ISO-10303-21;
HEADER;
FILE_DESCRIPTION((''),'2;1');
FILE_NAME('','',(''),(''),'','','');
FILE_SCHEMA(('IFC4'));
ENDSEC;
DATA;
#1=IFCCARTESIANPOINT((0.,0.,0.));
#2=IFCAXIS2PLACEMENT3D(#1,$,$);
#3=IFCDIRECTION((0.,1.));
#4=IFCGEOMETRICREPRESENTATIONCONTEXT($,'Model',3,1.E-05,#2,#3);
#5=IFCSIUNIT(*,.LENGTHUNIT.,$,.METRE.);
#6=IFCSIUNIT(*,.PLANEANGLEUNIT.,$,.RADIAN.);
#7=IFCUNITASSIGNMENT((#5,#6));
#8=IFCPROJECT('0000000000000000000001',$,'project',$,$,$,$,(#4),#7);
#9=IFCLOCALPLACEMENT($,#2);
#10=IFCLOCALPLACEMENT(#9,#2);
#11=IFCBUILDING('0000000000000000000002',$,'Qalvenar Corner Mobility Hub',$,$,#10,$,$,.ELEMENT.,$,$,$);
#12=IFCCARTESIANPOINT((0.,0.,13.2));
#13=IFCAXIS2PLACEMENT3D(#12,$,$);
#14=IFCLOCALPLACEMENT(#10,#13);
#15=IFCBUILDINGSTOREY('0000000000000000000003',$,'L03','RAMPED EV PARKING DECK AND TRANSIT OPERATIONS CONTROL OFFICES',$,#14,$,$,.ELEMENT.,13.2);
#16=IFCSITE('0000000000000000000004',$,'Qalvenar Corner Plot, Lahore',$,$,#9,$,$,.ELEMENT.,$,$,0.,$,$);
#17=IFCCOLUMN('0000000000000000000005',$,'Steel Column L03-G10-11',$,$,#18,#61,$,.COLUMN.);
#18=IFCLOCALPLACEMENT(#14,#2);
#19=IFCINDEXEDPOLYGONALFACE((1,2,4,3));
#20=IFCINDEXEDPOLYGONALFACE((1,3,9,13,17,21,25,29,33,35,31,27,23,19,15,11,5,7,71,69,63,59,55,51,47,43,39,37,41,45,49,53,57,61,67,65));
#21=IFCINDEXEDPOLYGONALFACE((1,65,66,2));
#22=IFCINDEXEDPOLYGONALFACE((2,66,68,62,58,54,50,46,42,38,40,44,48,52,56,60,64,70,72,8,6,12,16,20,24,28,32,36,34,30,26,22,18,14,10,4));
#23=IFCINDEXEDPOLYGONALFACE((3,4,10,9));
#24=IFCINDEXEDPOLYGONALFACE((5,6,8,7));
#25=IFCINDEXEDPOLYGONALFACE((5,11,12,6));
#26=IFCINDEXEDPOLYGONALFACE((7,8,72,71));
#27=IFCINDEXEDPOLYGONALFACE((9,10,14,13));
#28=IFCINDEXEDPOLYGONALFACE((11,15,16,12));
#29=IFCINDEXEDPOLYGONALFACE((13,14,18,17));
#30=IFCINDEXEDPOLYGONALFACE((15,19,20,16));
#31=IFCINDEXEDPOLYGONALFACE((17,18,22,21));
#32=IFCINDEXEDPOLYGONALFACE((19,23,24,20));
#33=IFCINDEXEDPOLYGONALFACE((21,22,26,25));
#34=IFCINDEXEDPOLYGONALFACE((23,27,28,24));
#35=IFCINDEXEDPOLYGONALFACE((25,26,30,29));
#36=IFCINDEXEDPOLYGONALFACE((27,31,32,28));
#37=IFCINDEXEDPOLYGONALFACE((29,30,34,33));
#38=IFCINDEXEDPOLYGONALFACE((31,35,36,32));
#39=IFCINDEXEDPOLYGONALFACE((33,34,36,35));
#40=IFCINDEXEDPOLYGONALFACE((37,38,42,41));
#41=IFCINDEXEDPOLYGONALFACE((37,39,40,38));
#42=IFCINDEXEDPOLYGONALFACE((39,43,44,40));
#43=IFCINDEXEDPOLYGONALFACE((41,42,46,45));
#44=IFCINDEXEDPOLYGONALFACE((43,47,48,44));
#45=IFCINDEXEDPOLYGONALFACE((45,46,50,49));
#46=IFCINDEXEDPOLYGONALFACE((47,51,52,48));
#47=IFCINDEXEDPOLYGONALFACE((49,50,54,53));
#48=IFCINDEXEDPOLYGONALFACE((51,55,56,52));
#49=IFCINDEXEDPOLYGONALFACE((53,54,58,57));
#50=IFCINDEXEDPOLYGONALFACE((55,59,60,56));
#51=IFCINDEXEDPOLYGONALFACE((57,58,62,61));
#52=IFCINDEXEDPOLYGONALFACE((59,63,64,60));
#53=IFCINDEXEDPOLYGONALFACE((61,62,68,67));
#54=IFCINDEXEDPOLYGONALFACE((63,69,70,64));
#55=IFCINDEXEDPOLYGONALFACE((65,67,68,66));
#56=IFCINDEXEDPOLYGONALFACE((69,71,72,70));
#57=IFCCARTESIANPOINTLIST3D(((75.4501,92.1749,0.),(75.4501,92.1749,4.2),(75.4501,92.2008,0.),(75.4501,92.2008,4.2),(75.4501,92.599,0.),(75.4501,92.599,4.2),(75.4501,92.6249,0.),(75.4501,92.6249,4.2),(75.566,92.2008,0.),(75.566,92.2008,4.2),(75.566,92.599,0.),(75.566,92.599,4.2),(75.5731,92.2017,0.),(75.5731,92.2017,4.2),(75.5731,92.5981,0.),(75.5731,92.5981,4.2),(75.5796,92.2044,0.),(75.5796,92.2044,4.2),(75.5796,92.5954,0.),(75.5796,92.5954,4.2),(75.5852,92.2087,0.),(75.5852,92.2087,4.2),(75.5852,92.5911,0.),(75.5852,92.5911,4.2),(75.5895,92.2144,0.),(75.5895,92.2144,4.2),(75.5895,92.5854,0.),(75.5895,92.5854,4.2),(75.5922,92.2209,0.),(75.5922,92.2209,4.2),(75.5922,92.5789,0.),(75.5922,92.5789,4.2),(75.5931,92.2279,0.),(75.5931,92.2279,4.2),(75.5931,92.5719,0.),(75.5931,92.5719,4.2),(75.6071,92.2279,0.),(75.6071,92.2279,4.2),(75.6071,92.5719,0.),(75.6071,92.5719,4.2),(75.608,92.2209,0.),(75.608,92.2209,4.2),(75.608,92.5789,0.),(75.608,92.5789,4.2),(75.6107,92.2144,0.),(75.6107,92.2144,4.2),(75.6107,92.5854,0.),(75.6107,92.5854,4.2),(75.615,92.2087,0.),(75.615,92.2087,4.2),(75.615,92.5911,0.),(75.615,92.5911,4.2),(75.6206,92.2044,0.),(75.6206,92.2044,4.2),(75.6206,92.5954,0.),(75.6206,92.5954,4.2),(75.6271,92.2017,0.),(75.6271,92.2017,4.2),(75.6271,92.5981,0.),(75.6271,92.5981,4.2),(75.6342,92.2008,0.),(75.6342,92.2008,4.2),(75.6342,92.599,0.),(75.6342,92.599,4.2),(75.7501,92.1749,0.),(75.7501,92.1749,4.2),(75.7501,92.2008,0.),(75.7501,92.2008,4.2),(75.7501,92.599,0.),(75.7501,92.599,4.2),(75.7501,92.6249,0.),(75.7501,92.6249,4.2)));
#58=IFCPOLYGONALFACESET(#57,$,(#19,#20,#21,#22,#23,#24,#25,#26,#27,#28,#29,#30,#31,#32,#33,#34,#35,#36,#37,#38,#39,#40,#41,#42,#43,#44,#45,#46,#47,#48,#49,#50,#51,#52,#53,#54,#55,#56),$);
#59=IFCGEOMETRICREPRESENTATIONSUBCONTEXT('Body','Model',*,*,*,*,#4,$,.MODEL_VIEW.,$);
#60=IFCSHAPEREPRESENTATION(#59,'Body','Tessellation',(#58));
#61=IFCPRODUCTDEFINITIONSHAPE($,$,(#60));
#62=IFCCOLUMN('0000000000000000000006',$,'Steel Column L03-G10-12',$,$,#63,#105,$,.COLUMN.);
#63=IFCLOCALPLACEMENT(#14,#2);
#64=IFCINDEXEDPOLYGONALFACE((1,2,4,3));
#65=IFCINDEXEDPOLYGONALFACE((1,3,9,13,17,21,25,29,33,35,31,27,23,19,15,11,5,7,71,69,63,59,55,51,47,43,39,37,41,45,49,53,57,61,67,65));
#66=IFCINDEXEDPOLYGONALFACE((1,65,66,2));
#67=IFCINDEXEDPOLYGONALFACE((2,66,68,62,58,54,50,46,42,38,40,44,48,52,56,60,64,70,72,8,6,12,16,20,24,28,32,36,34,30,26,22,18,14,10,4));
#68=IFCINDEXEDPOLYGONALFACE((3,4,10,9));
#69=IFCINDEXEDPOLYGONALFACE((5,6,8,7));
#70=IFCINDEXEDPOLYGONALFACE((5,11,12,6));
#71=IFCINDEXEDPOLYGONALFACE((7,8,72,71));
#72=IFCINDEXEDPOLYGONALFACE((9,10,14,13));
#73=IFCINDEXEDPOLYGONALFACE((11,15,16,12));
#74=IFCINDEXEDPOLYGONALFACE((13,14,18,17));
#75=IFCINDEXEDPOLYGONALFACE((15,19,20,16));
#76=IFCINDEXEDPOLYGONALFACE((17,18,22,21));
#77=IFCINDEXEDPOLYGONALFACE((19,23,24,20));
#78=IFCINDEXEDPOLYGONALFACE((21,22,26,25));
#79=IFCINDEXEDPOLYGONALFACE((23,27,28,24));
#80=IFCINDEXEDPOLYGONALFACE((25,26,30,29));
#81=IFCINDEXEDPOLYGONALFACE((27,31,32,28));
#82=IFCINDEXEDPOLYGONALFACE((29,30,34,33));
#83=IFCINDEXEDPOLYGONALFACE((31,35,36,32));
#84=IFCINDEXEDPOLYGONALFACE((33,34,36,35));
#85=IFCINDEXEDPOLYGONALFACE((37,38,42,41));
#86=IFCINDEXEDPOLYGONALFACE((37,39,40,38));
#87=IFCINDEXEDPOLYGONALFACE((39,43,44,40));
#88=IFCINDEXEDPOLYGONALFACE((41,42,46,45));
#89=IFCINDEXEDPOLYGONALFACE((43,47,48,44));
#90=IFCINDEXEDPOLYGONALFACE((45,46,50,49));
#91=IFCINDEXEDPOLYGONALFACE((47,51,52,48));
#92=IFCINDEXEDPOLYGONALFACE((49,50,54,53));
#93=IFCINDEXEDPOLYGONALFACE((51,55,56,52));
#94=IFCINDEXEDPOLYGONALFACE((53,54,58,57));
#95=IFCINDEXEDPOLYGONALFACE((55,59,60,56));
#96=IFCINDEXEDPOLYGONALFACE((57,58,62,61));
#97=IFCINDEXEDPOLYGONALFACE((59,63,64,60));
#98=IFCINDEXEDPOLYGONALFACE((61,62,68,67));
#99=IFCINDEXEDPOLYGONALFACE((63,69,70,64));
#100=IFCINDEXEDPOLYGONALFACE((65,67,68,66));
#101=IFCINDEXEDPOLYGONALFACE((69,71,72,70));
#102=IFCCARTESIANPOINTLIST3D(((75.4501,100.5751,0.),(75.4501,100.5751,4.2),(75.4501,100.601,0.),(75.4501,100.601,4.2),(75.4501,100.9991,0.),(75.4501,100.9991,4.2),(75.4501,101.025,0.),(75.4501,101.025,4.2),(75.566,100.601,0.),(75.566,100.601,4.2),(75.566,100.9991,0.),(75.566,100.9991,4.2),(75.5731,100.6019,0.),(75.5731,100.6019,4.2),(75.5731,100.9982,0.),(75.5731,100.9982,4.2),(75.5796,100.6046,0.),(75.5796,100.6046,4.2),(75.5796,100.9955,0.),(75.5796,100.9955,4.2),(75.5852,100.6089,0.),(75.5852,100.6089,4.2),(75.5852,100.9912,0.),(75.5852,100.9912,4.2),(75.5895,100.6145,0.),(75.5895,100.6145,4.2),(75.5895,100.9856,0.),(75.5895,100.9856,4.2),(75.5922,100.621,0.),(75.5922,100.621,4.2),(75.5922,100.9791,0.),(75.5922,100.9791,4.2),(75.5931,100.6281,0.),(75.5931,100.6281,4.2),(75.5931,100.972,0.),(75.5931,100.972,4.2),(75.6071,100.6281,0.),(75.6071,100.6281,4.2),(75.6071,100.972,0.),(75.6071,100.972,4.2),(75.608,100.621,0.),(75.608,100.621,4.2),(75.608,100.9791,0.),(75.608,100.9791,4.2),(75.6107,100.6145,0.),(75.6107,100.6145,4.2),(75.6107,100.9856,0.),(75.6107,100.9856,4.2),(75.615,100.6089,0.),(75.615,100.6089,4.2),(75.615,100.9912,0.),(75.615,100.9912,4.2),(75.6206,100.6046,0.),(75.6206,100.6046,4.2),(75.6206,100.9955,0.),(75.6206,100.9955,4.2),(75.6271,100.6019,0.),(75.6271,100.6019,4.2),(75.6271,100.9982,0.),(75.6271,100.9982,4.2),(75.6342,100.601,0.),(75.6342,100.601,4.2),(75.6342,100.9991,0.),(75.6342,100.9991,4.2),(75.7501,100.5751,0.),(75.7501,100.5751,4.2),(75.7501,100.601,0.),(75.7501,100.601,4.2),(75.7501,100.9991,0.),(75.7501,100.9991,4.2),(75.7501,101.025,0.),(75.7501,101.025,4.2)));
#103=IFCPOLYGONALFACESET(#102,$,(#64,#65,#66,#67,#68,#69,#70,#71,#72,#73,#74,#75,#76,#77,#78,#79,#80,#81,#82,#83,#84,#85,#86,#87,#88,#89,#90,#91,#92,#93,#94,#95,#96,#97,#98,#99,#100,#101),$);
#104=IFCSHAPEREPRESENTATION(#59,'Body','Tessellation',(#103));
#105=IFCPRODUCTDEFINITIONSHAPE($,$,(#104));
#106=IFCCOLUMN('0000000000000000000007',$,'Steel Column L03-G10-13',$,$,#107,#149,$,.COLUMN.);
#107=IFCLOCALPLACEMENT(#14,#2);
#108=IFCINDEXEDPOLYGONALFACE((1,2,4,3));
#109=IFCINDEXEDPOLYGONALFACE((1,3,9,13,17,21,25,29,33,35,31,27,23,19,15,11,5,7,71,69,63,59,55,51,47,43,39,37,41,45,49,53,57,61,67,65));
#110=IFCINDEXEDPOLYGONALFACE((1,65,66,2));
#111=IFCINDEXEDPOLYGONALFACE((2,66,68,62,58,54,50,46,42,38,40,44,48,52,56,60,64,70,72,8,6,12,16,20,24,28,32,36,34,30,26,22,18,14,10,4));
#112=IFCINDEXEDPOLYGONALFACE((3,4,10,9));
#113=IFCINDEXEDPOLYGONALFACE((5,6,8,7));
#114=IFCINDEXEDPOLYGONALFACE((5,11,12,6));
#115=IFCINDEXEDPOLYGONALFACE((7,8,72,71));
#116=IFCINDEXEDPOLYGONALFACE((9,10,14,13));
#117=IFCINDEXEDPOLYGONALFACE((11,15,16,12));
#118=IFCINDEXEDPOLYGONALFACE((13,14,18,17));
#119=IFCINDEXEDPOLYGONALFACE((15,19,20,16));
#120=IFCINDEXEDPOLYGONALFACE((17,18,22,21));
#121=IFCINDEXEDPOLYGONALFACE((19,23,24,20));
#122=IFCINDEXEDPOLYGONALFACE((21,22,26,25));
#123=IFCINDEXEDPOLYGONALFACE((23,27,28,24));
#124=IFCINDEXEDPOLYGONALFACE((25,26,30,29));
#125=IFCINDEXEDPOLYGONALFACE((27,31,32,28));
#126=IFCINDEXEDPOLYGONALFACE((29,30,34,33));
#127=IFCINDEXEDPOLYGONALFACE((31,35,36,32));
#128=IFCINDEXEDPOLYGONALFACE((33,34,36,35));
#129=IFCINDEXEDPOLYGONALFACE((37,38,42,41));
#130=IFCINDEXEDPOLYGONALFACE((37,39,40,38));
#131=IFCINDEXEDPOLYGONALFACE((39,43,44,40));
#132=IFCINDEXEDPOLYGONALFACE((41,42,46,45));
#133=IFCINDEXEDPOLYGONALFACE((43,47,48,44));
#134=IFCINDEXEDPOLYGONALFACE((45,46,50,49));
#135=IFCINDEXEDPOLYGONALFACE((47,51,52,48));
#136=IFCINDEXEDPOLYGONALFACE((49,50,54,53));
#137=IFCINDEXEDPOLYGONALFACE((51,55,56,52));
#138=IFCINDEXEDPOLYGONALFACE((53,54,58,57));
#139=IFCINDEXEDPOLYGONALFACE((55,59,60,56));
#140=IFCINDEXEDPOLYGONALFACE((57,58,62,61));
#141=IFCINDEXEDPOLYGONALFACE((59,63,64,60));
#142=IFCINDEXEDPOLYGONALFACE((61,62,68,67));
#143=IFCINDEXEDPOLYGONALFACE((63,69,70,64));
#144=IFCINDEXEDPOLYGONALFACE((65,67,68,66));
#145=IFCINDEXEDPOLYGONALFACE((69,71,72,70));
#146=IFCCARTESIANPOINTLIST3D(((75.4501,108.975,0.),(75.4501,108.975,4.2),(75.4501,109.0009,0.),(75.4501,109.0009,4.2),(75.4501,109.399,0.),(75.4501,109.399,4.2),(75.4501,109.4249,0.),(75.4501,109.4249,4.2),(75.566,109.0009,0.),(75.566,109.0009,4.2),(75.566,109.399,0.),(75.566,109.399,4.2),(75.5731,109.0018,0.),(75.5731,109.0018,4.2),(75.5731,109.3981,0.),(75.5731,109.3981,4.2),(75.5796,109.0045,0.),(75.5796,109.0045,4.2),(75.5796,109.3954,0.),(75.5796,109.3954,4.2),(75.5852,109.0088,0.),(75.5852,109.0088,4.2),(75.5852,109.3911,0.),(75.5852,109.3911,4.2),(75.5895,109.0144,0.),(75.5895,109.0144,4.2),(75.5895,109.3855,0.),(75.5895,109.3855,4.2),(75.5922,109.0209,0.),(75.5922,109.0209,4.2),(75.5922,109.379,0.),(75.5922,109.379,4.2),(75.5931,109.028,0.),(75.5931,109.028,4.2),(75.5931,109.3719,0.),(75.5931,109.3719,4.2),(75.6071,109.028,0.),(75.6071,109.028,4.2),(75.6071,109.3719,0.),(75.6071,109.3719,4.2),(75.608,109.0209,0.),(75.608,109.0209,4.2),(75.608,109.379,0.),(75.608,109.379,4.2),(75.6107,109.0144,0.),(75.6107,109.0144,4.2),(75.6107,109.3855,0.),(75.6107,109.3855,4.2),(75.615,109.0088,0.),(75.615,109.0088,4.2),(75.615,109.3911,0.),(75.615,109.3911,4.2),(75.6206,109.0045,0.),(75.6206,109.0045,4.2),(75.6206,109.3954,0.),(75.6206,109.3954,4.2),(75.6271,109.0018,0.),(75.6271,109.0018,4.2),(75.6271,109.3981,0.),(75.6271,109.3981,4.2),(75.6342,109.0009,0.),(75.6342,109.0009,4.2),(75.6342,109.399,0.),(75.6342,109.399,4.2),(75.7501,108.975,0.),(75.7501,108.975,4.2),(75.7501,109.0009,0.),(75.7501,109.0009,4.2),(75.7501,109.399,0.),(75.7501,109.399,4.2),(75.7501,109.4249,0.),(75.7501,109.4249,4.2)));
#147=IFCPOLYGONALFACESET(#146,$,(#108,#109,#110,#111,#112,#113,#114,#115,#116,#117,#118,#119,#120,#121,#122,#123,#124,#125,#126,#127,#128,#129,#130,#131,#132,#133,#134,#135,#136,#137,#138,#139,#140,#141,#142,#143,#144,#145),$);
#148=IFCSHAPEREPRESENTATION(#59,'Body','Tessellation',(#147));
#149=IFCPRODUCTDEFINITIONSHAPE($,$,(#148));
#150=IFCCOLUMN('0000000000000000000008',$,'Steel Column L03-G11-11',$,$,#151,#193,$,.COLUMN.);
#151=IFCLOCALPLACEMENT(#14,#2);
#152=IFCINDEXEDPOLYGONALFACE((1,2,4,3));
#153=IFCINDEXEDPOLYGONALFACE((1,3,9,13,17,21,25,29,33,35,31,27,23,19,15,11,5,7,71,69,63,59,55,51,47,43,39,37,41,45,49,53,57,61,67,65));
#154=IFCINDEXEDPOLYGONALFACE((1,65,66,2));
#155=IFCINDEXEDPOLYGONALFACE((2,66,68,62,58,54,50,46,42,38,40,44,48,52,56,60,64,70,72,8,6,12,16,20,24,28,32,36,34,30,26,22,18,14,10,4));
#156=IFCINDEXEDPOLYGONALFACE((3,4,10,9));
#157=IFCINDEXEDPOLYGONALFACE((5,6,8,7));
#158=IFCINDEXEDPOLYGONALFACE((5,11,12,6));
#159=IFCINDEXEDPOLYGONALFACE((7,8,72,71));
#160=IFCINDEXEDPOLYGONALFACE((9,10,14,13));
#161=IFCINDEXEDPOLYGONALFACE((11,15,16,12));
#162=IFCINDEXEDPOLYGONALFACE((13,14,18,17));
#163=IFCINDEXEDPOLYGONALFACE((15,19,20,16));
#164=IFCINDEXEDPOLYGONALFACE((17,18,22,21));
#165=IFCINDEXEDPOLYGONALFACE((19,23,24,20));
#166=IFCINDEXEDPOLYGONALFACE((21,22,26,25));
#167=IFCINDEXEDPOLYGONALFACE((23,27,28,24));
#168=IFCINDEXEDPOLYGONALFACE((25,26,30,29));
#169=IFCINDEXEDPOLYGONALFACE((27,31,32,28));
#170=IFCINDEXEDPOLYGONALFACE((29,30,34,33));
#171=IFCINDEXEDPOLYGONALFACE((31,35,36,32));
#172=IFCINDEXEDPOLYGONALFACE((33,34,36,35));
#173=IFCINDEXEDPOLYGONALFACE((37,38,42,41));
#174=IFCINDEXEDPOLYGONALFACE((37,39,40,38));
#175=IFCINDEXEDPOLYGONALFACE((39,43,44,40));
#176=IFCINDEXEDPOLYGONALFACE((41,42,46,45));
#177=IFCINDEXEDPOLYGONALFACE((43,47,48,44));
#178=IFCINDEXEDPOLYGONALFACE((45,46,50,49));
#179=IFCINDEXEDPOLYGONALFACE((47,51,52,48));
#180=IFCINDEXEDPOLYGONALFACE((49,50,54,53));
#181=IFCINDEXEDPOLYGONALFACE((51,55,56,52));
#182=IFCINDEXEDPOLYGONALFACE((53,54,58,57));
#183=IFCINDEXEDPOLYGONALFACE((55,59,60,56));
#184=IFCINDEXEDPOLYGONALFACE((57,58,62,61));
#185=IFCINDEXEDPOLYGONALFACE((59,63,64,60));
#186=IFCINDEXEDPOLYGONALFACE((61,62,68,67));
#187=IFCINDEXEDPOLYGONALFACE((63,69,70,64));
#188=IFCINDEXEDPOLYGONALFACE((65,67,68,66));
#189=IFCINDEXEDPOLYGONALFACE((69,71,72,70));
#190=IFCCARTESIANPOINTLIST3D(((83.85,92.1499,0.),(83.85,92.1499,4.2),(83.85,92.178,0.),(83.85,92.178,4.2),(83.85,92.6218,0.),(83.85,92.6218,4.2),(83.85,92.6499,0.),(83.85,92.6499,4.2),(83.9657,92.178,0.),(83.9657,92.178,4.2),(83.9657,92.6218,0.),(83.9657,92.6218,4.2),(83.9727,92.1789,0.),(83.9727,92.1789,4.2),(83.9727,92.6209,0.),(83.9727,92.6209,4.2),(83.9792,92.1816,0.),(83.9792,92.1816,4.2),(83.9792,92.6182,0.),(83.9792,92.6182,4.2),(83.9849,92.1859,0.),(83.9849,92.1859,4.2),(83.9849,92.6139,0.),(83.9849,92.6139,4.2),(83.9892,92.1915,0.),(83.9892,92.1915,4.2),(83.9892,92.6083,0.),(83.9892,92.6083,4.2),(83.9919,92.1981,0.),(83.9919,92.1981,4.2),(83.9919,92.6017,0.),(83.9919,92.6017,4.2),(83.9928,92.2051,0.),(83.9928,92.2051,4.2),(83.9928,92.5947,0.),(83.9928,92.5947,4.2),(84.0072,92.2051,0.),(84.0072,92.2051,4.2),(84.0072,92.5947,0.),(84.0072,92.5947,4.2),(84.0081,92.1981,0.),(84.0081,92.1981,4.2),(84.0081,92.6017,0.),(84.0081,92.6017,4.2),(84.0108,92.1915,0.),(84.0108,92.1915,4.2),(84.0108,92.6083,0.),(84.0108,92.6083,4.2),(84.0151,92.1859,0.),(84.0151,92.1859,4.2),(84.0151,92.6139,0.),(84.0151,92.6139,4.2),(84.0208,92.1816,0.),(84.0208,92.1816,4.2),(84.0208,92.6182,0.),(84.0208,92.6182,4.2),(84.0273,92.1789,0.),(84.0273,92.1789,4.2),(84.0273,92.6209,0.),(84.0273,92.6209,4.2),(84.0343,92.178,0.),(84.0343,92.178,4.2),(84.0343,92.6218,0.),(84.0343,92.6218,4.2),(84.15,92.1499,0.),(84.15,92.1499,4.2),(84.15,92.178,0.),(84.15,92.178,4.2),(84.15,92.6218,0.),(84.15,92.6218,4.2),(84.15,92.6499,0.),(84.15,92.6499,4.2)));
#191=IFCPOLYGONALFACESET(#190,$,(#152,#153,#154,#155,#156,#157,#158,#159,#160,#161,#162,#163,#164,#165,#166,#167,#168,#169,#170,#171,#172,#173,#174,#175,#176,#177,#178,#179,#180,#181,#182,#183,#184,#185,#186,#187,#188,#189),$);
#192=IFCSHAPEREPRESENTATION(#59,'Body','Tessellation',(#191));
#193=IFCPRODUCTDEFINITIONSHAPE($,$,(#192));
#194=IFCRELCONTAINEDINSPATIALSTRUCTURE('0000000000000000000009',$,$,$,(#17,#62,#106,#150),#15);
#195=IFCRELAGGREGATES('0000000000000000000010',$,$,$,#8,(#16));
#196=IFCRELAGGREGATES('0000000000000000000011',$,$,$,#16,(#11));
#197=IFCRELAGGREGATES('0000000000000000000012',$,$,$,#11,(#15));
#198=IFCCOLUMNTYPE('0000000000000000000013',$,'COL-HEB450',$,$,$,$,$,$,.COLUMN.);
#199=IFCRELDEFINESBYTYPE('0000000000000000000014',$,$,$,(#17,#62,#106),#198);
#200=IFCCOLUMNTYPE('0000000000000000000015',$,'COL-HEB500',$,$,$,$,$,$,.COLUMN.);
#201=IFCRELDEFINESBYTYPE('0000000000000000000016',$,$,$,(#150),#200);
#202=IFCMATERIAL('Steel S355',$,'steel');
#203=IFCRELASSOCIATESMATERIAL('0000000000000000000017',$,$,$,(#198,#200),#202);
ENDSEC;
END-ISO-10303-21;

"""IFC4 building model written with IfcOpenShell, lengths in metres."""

from ifc_helpers import new_model, si_unit, direction, frame, origin, origin_2d, place, context, subcontext, project, spatial, i_section, extrude, material, material_profile, profile_set, type_object, element, save


model = new_model("IFC4")

# Units and contexts
model_context = context("Model", 3, precision=1e-05, world=origin(), true_north=direction((0.0, 1.0)))
body_context = subcontext(model_context, "Body", "Model", "MODEL_VIEW")
ifc_project = project(units=[si_unit("LENGTHUNIT", "METRE"), si_unit("PLANEANGLEUNIT", "RADIAN")], contexts=[model_context])

# Site, building, storey
site_placement = place(None, origin())
site = spatial("IfcSite", under=ifc_project, at=site_placement, Name="Qalvenar Corner Plot, Lahore", CompositionType="ELEMENT", RefElevation=0.0)
building_placement = place(site_placement, origin())
building = spatial("IfcBuilding", under=site, at=building_placement, Name="Qalvenar Corner Mobility Hub", CompositionType="ELEMENT")
storey_placement = place(building_placement, frame((0.0, 0.0, 13.2)))
storey = spatial("IfcBuildingStorey", under=building, at=storey_placement, Name="L03", Description="RAMPED EV PARKING DECK AND TRANSIT OPERATIONS CONTROL OFFICES", CompositionType="ELEMENT", Elevation=13.2)

# Columns
ifc_material = material(Name="Steel S355", Category="steel")
ifc_material_profile_1 = material_profile(ifc_material, i_section(OverallWidth=0.3, OverallDepth=0.45, WebThickness=0.0139, FlangeThickness=0.0259, FilletRadius=0.0271, at=origin_2d()), Name="HEB450")
ifc_profile_set_1 = profile_set([ifc_material_profile_1], Name="Steel S355")
column_type_1 = type_object("IfcColumnType", Name="COL-HEB450", PredefinedType="COLUMN", material=ifc_profile_set_1)
for number, where, z_axis, x_axis, name in (
    (1, (75.6001, 92.3999, 0.0), (0.0, 0.0, 1.0), (1.0, 0.0, 0.0), "Steel Column L03-G10-11"),
    (2, (75.6001, 100.8, 0.0), (0.0, 0.0, 1.0), (1.0, 0.0, 0.0), "Steel Column L03-G10-12"),
    (3, (75.6001, 109.2, 0.0), (0.0, 0.0, 1.0), (1.0, 0.0, 0.0), "Steel Column L03-G10-13"),
):
    element("IfcColumn", number, at=place(storey_placement, frame(where, z_axis=z_axis, x_axis=x_axis)), inside=storey, type_object=column_type_1, Name=name, PredefinedType="COLUMN", context=body_context, shape_type="SweptSolid", body=[
        extrude(i_section(OverallWidth=0.3, OverallDepth=0.45, WebThickness=0.0139, FlangeThickness=0.0259, FilletRadius=0.0271, at=origin_2d()), origin(), (0.0, 0.0, 1.0), 4.2),
    ])
ifc_material_profile_2 = material_profile(ifc_material, i_section(OverallWidth=0.3, OverallDepth=0.5, WebThickness=0.0144, FlangeThickness=0.0281, FilletRadius=0.0271, at=origin_2d()), Name="HEB500")
ifc_profile_set_2 = profile_set([ifc_material_profile_2], Name="Steel S355")
column_type_2 = type_object("IfcColumnType", Name="COL-HEB500", PredefinedType="COLUMN", material=ifc_profile_set_2)
for number, where, z_axis, x_axis, name in (
    (4, (84.0, 92.3999, 0.0), (0.0, 0.0, 1.0), (1.0, 0.0, 0.0), "Steel Column L03-G11-11"),
):
    element("IfcColumn", number, at=place(storey_placement, frame(where, z_axis=z_axis, x_axis=x_axis)), inside=storey, type_object=column_type_2, Name=name, PredefinedType="COLUMN", context=body_context, shape_type="SweptSolid", body=[
        extrude(i_section(OverallWidth=0.3, OverallDepth=0.5, WebThickness=0.0144, FlangeThickness=0.0281, FilletRadius=0.0271, at=origin_2d()), origin(), (0.0, 0.0, 1.0), 4.2),
    ])

save(model, "model.ifc")
